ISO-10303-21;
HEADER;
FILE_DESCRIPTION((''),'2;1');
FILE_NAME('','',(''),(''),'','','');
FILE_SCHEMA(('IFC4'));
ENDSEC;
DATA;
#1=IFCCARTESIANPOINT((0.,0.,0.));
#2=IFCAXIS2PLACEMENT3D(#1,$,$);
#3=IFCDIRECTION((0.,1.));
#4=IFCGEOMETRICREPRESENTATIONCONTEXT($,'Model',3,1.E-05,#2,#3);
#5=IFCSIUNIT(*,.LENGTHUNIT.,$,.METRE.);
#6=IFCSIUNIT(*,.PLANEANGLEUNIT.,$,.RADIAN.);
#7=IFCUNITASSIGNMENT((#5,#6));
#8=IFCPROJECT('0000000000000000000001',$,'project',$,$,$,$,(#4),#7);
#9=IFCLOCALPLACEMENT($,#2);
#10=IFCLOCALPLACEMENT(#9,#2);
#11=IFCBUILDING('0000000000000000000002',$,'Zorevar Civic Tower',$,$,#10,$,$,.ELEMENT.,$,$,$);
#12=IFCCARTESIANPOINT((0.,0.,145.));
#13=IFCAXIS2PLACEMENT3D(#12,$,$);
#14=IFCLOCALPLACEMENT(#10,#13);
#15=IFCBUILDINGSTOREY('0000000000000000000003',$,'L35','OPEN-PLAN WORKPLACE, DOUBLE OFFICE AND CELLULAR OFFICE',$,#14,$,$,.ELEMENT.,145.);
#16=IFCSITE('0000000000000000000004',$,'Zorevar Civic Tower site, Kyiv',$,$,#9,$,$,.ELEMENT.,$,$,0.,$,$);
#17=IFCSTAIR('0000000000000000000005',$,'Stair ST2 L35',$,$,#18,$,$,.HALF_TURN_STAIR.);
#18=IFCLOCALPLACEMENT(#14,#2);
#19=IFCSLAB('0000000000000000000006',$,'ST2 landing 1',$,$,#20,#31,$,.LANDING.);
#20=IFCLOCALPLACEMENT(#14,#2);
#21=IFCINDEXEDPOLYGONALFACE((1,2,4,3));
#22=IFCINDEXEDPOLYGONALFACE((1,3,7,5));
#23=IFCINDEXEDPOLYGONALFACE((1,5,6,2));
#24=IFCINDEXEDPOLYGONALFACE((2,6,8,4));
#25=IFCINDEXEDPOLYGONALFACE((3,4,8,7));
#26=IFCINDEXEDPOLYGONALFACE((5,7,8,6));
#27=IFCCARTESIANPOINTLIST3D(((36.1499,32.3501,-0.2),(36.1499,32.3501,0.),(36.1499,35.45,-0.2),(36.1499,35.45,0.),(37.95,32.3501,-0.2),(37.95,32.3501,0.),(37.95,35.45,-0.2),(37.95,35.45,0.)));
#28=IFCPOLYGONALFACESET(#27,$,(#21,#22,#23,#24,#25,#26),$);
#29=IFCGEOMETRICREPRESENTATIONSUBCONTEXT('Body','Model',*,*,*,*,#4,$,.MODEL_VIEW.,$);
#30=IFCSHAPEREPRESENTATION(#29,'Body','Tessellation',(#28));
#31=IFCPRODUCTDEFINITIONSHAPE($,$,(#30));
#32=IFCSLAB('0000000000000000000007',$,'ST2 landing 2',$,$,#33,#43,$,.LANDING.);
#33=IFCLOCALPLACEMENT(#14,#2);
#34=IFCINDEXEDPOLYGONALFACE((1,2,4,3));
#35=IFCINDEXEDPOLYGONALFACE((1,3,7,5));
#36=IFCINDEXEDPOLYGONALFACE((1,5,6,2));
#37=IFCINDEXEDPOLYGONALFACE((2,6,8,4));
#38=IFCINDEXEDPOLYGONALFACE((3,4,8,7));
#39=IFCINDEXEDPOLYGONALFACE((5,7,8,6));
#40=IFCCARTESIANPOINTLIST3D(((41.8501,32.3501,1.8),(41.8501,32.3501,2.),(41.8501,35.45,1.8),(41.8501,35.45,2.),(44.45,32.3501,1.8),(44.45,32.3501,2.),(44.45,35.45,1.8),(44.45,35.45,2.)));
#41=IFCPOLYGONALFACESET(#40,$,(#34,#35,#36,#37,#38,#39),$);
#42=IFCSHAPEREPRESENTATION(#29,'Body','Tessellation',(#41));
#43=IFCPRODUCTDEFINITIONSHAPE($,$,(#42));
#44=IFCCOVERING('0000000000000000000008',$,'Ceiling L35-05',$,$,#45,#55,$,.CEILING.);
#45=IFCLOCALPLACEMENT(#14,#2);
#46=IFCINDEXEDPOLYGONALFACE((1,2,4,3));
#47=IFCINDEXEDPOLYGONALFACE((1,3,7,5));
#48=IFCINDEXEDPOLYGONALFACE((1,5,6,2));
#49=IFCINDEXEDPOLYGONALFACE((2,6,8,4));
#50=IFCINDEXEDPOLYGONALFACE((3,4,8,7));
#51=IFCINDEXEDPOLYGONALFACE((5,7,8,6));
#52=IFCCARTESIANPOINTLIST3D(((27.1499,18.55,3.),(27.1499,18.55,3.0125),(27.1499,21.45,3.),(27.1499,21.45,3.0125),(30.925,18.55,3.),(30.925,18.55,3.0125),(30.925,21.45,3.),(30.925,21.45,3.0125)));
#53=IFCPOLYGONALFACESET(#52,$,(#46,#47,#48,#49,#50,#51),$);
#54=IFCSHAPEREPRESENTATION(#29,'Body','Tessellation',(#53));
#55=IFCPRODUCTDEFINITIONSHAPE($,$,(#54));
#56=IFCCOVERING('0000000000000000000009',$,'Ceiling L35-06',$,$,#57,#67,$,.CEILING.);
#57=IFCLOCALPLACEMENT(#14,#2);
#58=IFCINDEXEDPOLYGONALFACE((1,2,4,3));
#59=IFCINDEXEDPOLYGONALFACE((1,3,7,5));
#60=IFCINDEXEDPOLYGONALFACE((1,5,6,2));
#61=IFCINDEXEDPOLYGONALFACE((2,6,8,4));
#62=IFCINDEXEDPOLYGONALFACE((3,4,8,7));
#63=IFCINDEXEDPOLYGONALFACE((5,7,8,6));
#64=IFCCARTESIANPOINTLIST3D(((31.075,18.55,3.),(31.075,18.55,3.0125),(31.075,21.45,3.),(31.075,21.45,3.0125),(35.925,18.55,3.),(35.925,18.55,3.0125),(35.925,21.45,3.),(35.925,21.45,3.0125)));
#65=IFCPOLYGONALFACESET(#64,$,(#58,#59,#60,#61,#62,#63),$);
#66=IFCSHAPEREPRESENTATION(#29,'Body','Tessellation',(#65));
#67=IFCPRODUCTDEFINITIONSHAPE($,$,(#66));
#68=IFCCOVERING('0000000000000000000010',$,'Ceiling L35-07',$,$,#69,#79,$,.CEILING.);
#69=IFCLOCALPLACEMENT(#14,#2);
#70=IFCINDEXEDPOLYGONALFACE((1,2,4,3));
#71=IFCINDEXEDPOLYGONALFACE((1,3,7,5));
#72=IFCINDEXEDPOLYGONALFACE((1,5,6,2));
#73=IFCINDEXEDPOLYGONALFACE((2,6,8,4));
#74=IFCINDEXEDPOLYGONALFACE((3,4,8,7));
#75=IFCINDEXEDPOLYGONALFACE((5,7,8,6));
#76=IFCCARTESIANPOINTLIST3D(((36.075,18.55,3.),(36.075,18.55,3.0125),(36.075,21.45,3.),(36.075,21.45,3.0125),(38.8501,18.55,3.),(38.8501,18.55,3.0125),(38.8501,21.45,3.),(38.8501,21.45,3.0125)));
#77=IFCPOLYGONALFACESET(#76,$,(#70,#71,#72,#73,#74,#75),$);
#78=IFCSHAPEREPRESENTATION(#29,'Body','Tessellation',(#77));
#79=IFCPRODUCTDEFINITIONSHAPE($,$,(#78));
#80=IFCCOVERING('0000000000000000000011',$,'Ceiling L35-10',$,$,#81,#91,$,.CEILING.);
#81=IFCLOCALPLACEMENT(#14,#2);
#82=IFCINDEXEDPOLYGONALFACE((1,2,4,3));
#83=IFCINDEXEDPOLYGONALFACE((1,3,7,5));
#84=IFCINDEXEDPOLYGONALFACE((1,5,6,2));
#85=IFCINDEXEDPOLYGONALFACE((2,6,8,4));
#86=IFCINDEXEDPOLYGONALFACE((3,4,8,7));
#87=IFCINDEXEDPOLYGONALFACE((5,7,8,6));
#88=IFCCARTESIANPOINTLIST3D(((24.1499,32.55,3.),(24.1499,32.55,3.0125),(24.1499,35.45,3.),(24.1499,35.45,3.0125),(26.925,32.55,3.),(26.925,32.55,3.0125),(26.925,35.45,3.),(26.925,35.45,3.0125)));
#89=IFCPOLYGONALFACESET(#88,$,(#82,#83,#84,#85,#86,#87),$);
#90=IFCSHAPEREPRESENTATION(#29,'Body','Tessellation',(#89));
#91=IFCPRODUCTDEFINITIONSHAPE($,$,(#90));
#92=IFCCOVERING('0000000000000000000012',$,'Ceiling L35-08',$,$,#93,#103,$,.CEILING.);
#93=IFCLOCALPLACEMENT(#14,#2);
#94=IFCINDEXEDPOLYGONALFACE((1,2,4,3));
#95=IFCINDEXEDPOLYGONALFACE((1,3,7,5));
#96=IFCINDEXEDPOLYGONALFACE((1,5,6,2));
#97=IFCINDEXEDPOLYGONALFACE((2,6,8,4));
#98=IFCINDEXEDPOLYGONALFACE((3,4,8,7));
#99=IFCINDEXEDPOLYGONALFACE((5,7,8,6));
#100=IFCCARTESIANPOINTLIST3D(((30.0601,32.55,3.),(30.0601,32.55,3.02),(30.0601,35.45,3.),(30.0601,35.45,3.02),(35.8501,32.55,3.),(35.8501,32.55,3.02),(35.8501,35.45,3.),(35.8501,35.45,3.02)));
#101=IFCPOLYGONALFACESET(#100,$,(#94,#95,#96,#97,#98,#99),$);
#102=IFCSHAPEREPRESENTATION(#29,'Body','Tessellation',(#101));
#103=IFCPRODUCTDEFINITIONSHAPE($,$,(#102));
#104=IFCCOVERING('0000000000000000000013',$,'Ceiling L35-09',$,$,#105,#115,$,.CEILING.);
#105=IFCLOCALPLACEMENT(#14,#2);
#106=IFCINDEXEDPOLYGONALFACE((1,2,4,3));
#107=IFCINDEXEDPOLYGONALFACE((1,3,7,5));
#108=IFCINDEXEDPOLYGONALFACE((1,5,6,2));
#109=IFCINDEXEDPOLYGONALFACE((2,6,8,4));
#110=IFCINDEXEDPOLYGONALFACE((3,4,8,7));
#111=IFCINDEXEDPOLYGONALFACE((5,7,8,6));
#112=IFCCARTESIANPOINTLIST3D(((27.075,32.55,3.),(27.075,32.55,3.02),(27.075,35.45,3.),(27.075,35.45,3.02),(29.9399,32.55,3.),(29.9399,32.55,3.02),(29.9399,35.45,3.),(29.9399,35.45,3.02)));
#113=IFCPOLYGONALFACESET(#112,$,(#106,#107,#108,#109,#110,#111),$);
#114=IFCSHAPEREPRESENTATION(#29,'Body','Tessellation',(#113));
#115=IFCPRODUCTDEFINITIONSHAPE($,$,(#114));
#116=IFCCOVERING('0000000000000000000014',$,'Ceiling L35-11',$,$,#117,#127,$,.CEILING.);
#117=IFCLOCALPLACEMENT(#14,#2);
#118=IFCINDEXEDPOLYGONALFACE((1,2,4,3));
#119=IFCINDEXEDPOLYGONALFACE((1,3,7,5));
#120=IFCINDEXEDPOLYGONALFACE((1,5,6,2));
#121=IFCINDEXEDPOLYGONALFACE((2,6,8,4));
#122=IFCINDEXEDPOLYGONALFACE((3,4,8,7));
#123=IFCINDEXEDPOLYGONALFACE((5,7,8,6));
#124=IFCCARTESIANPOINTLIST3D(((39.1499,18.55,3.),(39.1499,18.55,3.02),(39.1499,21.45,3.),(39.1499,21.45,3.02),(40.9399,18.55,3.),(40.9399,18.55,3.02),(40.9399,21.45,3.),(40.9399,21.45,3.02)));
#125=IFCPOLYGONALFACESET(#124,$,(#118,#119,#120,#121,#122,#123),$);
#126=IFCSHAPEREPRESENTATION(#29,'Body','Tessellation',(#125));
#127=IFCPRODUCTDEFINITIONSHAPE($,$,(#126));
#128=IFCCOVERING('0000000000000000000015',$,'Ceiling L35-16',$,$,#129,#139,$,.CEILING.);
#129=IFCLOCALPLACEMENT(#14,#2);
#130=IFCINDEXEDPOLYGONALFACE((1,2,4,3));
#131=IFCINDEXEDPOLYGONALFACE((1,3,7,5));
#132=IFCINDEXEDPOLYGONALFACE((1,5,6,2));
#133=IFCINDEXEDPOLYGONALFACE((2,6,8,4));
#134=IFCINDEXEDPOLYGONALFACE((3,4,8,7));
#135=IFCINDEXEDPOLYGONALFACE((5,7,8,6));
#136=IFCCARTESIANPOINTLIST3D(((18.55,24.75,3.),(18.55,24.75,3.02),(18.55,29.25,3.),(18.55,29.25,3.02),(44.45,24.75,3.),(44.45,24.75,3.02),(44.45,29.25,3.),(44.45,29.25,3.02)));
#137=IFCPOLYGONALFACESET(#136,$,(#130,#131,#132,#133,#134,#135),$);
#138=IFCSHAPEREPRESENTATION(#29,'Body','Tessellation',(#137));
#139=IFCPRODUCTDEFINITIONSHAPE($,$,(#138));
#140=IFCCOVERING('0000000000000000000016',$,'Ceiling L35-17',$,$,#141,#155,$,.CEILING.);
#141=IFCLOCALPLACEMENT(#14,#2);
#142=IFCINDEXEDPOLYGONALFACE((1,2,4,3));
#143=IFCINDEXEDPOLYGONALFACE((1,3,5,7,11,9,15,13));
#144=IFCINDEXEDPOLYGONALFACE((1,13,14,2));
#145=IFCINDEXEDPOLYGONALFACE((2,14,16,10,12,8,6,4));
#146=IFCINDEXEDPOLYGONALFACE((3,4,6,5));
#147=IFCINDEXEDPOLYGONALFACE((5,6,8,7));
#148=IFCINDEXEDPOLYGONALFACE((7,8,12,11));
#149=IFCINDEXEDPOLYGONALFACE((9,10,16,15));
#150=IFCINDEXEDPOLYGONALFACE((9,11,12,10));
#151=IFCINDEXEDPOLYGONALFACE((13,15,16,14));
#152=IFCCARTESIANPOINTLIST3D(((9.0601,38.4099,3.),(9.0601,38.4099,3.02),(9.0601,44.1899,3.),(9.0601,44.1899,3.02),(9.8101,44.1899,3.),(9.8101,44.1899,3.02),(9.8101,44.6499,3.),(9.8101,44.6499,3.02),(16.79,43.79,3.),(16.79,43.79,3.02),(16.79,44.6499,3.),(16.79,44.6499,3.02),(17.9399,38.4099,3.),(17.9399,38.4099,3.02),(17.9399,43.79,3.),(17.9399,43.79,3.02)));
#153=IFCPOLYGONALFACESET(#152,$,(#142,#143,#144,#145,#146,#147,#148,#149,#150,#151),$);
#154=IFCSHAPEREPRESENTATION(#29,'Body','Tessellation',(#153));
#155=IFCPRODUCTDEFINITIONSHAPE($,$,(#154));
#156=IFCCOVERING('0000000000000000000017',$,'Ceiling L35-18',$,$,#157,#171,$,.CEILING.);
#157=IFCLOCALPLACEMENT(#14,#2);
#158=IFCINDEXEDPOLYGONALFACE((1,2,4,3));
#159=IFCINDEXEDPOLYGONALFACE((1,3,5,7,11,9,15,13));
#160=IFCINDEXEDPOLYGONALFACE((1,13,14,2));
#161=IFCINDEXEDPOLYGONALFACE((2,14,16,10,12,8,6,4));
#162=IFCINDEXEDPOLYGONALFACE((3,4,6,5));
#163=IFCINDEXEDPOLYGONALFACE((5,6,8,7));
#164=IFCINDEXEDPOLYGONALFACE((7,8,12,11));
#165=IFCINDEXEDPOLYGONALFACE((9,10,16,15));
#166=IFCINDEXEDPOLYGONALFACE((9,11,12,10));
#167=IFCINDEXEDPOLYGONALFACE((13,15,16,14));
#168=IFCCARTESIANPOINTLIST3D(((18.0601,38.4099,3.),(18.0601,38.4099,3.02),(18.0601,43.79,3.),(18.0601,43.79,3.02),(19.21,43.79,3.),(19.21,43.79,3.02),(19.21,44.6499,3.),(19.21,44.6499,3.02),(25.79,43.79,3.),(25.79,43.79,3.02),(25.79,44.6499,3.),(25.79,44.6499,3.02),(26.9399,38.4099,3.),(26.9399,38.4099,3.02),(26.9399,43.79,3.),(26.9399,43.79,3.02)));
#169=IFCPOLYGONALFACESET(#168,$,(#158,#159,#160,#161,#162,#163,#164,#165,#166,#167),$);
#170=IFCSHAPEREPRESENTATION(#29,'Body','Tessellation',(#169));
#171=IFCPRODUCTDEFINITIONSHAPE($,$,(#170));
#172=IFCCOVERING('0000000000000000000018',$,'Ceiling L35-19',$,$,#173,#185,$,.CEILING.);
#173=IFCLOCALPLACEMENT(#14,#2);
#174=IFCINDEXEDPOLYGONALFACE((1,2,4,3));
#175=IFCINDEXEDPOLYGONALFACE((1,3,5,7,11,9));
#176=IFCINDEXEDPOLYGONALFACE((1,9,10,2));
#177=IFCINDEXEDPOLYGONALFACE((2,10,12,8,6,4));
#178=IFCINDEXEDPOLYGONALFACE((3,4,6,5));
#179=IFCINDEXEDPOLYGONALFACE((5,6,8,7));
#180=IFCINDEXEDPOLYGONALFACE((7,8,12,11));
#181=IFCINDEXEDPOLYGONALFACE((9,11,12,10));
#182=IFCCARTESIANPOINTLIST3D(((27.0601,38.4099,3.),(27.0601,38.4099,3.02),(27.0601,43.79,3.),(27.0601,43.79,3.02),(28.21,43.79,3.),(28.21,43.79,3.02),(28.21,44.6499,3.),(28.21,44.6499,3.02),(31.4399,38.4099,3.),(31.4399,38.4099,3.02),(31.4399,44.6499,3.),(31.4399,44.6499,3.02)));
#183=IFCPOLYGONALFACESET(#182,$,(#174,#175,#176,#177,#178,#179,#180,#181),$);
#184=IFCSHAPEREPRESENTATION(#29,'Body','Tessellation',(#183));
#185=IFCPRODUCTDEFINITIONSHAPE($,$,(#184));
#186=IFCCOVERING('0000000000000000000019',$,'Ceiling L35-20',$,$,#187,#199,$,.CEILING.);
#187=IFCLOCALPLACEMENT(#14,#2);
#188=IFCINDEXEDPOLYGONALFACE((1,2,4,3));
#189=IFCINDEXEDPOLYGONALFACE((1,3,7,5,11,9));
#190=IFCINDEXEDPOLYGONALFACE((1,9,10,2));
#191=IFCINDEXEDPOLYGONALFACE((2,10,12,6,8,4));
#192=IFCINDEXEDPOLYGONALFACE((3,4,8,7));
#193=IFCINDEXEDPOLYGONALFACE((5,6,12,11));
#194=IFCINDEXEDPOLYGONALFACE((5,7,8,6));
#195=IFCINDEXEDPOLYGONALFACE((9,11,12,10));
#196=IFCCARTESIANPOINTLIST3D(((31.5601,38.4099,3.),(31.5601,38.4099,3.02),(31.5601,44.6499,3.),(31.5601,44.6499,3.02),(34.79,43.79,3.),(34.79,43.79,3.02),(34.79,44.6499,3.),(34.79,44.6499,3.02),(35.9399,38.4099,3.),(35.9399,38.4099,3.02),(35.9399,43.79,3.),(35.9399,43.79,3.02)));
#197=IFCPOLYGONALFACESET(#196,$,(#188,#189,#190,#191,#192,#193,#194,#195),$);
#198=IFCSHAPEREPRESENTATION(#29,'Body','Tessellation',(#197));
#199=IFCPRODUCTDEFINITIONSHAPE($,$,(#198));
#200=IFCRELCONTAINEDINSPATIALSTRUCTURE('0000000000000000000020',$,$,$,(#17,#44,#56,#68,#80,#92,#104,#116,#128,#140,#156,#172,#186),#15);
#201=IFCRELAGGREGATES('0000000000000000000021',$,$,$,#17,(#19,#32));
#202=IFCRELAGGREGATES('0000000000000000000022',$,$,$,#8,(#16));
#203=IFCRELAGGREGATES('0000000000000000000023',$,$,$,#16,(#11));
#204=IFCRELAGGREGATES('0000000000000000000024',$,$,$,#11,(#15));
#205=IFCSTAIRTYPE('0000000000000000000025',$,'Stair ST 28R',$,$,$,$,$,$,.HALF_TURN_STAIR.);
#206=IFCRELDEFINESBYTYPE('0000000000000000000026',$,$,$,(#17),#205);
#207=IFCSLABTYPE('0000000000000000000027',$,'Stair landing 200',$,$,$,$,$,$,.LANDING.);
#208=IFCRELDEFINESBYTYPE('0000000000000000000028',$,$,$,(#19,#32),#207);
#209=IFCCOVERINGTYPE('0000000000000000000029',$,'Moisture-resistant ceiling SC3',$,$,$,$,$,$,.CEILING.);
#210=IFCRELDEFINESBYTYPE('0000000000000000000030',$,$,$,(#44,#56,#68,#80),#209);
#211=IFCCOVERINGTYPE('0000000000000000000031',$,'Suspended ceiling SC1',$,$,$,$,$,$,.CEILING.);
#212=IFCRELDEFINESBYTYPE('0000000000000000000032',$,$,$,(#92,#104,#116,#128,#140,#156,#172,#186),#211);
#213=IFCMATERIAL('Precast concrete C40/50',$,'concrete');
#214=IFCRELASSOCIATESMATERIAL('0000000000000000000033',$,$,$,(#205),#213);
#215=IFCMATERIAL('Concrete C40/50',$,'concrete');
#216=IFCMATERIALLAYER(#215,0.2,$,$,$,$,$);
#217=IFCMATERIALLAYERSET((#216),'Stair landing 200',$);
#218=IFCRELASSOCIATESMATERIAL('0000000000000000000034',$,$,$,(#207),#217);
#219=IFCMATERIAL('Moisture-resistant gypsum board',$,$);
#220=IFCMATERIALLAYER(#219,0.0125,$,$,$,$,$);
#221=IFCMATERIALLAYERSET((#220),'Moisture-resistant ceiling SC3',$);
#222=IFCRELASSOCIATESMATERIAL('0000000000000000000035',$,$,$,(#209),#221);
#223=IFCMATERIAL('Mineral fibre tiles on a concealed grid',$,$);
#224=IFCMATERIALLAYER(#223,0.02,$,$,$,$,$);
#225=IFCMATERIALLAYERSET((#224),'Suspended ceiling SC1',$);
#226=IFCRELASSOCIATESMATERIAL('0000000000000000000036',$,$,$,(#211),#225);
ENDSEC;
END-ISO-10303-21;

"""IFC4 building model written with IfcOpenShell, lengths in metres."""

from ifc_helpers import new_model, si_unit, direction, frame, origin, place, context, subcontext, project, spatial, polyline, outline, extrude, material, layer, layer_set, type_object, element, aggregate, save


model = new_model("IFC4")

# Units and contexts
model_context = context("Model", 3, precision=1e-05, world=origin(), true_north=direction((0.0, 1.0)))
body_context = subcontext(model_context, "Body", "Model", "MODEL_VIEW")
ifc_project = project(units=[si_unit("LENGTHUNIT", "METRE"), si_unit("PLANEANGLEUNIT", "RADIAN")], contexts=[model_context])

# Site, building, storey
site_placement = place(None, origin())
site = spatial("IfcSite", under=ifc_project, at=site_placement, Name="Zorevar Civic Tower site, Kyiv", CompositionType="ELEMENT", RefElevation=0.0)
building_placement = place(site_placement, origin())
building = spatial("IfcBuilding", under=site, at=building_placement, Name="Zorevar Civic Tower", CompositionType="ELEMENT")
storey_placement = place(building_placement, frame((0.0, 0.0, 145.0)))
storey = spatial("IfcBuildingStorey", under=building, at=storey_placement, Name="L35", Description="OPEN-PLAN WORKPLACE, DOUBLE OFFICE AND CELLULAR OFFICE", CompositionType="ELEMENT", Elevation=145.0)

# Stair, slabs
ifc_material_1 = material(Name="Precast concrete C40/50", Category="concrete")
stair_type = type_object("IfcStairType", Name="Stair ST 28R", PredefinedType="HALF_TURN_STAIR", material=ifc_material_1)
ifc_material_2 = material(Name="Concrete C40/50", Category="concrete")
ifc_layer_1 = layer(ifc_material_2, 0.2)
ifc_layer_set_1 = layer_set([ifc_layer_1], Name="Stair landing 200")
slab_type_1 = type_object("IfcSlabType", Name="Stair landing 200", PredefinedType="LANDING", material=ifc_layer_set_1)
stair_1_placement = place(storey_placement, origin())
stair_1 = element("IfcStair", 1, at=stair_1_placement, inside=storey, type_object=stair_type, Name="Stair ST2 L35", PredefinedType="HALF_TURN_STAIR")
slab_1_placement = place(storey_placement, frame((0.0, 0.0, -0.2)))
slab_1 = element("IfcSlab", 2, at=slab_1_placement, type_object=slab_type_1, Name="ST2 landing 1", PredefinedType="LANDING", context=body_context, shape_type="SweptSolid", body=[
    extrude(outline(polyline([(37.95, 32.3501), (36.1499, 32.3501), (36.1499, 35.45), (37.95, 35.45), (37.95, 32.3501)])), origin(), (0.0, 0.0, 1.0), 0.2),
])
slab_2_placement = place(storey_placement, frame((0.0, 0.0, 1.8)))
slab_2 = element("IfcSlab", 3, at=slab_2_placement, type_object=slab_type_1, Name="ST2 landing 2", PredefinedType="LANDING", context=body_context, shape_type="SweptSolid", body=[
    extrude(outline(polyline([(44.45, 32.3501), (41.8501, 32.3501), (41.8501, 35.45), (44.45, 35.45), (44.45, 32.3501)])), origin(), (0.0, 0.0, 1.0), 0.2),
])
aggregate(stair_1, [slab_1, slab_2])

# Coverings
ifc_material_3 = material(Name="Moisture-resistant gypsum board")
ifc_layer_2 = layer(ifc_material_3, 0.0125)
ifc_layer_set_2 = layer_set([ifc_layer_2], Name="Moisture-resistant ceiling SC3")
covering_type_1 = type_object("IfcCoveringType", Name="Moisture-resistant ceiling SC3", PredefinedType="CEILING", material=ifc_layer_set_2)
covering_1_placement = place(storey_placement, frame((0.0, 0.0, 3.0)))
element("IfcCovering", 4, at=covering_1_placement, inside=storey, type_object=covering_type_1, Name="Ceiling L35-05", PredefinedType="CEILING", context=body_context, shape_type="SweptSolid", body=[
    extrude(outline(polyline([(30.925, 18.55), (30.925, 21.45), (27.1499, 21.45), (27.1499, 18.55), (30.925, 18.55)])), origin(), (0.0, 0.0, 1.0), 0.0125),
])
covering_2_placement = place(storey_placement, frame((0.0, 0.0, 3.0)))
element("IfcCovering", 5, at=covering_2_placement, inside=storey, type_object=covering_type_1, Name="Ceiling L35-06", PredefinedType="CEILING", context=body_context, shape_type="SweptSolid", body=[
    extrude(outline(polyline([(35.925, 18.55), (35.925, 21.45), (31.075, 21.45), (31.075, 18.55), (35.925, 18.55)])), origin(), (0.0, 0.0, 1.0), 0.0125),
])
covering_3_placement = place(storey_placement, frame((0.0, 0.0, 3.0)))
element("IfcCovering", 6, at=covering_3_placement, inside=storey, type_object=covering_type_1, Name="Ceiling L35-07", PredefinedType="CEILING", context=body_context, shape_type="SweptSolid", body=[
    extrude(outline(polyline([(38.8501, 18.55), (38.8501, 21.45), (36.075, 21.45), (36.075, 18.55), (38.8501, 18.55)])), origin(), (0.0, 0.0, 1.0), 0.0125),
])
covering_4_placement = place(storey_placement, frame((0.0, 0.0, 3.0)))
element("IfcCovering", 7, at=covering_4_placement, inside=storey, type_object=covering_type_1, Name="Ceiling L35-10", PredefinedType="CEILING", context=body_context, shape_type="SweptSolid", body=[
    extrude(outline(polyline([(26.925, 32.55), (26.925, 35.45), (24.1499, 35.45), (24.1499, 32.55), (26.925, 32.55)])), origin(), (0.0, 0.0, 1.0), 0.0125),
])
ifc_material_4 = material(Name="Mineral fibre tiles on a concealed grid")
ifc_layer_3 = layer(ifc_material_4, 0.02)
ifc_layer_set_3 = layer_set([ifc_layer_3], Name="Suspended ceiling SC1")
covering_type_2 = type_object("IfcCoveringType", Name="Suspended ceiling SC1", PredefinedType="CEILING", material=ifc_layer_set_3)
covering_5_placement = place(storey_placement, frame((0.0, 0.0, 3.0)))
element("IfcCovering", 8, at=covering_5_placement, inside=storey, type_object=covering_type_2, Name="Ceiling L35-08", PredefinedType="CEILING", context=body_context, shape_type="SweptSolid", body=[
    extrude(outline(polyline([(35.8501, 32.55), (35.8501, 35.45), (30.0601, 35.45), (30.0601, 32.55), (35.8501, 32.55)])), origin(), (0.0, 0.0, 1.0), 0.02),
])
covering_6_placement = place(storey_placement, frame((0.0, 0.0, 3.0)))
element("IfcCovering", 9, at=covering_6_placement, inside=storey, type_object=covering_type_2, Name="Ceiling L35-09", PredefinedType="CEILING", context=body_context, shape_type="SweptSolid", body=[
    extrude(outline(polyline([(29.9399, 32.55), (29.9399, 35.45), (27.075, 35.45), (27.075, 32.55), (29.9399, 32.55)])), origin(), (0.0, 0.0, 1.0), 0.02),
])
covering_7_placement = place(storey_placement, frame((0.0, 0.0, 3.0)))
element("IfcCovering", 10, at=covering_7_placement, inside=storey, type_object=covering_type_2, Name="Ceiling L35-11", PredefinedType="CEILING", context=body_context, shape_type="SweptSolid", body=[
    extrude(outline(polyline([(40.9399, 18.55), (40.9399, 21.45), (39.1499, 21.45), (39.1499, 18.55), (40.9399, 18.55)])), origin(), (0.0, 0.0, 1.0), 0.02),
])
covering_8_placement = place(storey_placement, frame((0.0, 0.0, 3.0)))
element("IfcCovering", 11, at=covering_8_placement, inside=storey, type_object=covering_type_2, Name="Ceiling L35-16", PredefinedType="CEILING", context=body_context, shape_type="SweptSolid", body=[
    extrude(outline(polyline([(44.45, 24.75), (44.45, 29.25), (18.55, 29.25), (18.55, 24.75), (44.45, 24.75)])), origin(), (0.0, 0.0, 1.0), 0.02),
])
covering_9_placement = place(storey_placement, frame((0.0, 0.0, 3.0)))
element("IfcCovering", 12, at=covering_9_placement, inside=storey, type_object=covering_type_2, Name="Ceiling L35-17", PredefinedType="CEILING", context=body_context, shape_type="SweptSolid", body=[
    extrude(outline(polyline([(9.8101, 44.1899), (9.8101, 44.6499), (16.79, 44.6499), (16.79, 43.79), (17.9399, 43.79), (17.9399, 38.4099), (9.0601, 38.4099), (9.0601, 44.1899), (9.8101, 44.1899)])), origin(), (0.0, 0.0, 1.0), 0.02),
])
covering_10_placement = place(storey_placement, frame((0.0, 0.0, 3.0)))
element("IfcCovering", 13, at=covering_10_placement, inside=storey, type_object=covering_type_2, Name="Ceiling L35-18", PredefinedType="CEILING", context=body_context, shape_type="SweptSolid", body=[
    extrude(outline(polyline([(19.21, 43.79), (19.21, 44.6499), (25.79, 44.6499), (25.79, 43.79), (26.9399, 43.79), (26.9399, 38.4099), (18.0601, 38.4099), (18.0601, 43.79), (19.21, 43.79)])), origin(), (0.0, 0.0, 1.0), 0.02),
])
covering_11_placement = place(storey_placement, frame((0.0, 0.0, 3.0)))
element("IfcCovering", 14, at=covering_11_placement, inside=storey, type_object=covering_type_2, Name="Ceiling L35-19", PredefinedType="CEILING", context=body_context, shape_type="SweptSolid", body=[
    extrude(outline(polyline([(27.0601, 38.4099), (27.0601, 43.79), (28.21, 43.79), (28.21, 44.6499), (31.4399, 44.6499), (31.4399, 38.4099), (27.0601, 38.4099)])), origin(), (0.0, 0.0, 1.0), 0.02),
])
covering_12_placement = place(storey_placement, frame((0.0, 0.0, 3.0)))
element("IfcCovering", 15, at=covering_12_placement, inside=storey, type_object=covering_type_2, Name="Ceiling L35-20", PredefinedType="CEILING", context=body_context, shape_type="SweptSolid", body=[
    extrude(outline(polyline([(31.5601, 38.4099), (31.5601, 44.6499), (34.79, 44.6499), (34.79, 43.79), (35.9399, 43.79), (35.9399, 38.4099), (31.5601, 38.4099)])), origin(), (0.0, 0.0, 1.0), 0.02),
])

save(model, "model.ifc")
